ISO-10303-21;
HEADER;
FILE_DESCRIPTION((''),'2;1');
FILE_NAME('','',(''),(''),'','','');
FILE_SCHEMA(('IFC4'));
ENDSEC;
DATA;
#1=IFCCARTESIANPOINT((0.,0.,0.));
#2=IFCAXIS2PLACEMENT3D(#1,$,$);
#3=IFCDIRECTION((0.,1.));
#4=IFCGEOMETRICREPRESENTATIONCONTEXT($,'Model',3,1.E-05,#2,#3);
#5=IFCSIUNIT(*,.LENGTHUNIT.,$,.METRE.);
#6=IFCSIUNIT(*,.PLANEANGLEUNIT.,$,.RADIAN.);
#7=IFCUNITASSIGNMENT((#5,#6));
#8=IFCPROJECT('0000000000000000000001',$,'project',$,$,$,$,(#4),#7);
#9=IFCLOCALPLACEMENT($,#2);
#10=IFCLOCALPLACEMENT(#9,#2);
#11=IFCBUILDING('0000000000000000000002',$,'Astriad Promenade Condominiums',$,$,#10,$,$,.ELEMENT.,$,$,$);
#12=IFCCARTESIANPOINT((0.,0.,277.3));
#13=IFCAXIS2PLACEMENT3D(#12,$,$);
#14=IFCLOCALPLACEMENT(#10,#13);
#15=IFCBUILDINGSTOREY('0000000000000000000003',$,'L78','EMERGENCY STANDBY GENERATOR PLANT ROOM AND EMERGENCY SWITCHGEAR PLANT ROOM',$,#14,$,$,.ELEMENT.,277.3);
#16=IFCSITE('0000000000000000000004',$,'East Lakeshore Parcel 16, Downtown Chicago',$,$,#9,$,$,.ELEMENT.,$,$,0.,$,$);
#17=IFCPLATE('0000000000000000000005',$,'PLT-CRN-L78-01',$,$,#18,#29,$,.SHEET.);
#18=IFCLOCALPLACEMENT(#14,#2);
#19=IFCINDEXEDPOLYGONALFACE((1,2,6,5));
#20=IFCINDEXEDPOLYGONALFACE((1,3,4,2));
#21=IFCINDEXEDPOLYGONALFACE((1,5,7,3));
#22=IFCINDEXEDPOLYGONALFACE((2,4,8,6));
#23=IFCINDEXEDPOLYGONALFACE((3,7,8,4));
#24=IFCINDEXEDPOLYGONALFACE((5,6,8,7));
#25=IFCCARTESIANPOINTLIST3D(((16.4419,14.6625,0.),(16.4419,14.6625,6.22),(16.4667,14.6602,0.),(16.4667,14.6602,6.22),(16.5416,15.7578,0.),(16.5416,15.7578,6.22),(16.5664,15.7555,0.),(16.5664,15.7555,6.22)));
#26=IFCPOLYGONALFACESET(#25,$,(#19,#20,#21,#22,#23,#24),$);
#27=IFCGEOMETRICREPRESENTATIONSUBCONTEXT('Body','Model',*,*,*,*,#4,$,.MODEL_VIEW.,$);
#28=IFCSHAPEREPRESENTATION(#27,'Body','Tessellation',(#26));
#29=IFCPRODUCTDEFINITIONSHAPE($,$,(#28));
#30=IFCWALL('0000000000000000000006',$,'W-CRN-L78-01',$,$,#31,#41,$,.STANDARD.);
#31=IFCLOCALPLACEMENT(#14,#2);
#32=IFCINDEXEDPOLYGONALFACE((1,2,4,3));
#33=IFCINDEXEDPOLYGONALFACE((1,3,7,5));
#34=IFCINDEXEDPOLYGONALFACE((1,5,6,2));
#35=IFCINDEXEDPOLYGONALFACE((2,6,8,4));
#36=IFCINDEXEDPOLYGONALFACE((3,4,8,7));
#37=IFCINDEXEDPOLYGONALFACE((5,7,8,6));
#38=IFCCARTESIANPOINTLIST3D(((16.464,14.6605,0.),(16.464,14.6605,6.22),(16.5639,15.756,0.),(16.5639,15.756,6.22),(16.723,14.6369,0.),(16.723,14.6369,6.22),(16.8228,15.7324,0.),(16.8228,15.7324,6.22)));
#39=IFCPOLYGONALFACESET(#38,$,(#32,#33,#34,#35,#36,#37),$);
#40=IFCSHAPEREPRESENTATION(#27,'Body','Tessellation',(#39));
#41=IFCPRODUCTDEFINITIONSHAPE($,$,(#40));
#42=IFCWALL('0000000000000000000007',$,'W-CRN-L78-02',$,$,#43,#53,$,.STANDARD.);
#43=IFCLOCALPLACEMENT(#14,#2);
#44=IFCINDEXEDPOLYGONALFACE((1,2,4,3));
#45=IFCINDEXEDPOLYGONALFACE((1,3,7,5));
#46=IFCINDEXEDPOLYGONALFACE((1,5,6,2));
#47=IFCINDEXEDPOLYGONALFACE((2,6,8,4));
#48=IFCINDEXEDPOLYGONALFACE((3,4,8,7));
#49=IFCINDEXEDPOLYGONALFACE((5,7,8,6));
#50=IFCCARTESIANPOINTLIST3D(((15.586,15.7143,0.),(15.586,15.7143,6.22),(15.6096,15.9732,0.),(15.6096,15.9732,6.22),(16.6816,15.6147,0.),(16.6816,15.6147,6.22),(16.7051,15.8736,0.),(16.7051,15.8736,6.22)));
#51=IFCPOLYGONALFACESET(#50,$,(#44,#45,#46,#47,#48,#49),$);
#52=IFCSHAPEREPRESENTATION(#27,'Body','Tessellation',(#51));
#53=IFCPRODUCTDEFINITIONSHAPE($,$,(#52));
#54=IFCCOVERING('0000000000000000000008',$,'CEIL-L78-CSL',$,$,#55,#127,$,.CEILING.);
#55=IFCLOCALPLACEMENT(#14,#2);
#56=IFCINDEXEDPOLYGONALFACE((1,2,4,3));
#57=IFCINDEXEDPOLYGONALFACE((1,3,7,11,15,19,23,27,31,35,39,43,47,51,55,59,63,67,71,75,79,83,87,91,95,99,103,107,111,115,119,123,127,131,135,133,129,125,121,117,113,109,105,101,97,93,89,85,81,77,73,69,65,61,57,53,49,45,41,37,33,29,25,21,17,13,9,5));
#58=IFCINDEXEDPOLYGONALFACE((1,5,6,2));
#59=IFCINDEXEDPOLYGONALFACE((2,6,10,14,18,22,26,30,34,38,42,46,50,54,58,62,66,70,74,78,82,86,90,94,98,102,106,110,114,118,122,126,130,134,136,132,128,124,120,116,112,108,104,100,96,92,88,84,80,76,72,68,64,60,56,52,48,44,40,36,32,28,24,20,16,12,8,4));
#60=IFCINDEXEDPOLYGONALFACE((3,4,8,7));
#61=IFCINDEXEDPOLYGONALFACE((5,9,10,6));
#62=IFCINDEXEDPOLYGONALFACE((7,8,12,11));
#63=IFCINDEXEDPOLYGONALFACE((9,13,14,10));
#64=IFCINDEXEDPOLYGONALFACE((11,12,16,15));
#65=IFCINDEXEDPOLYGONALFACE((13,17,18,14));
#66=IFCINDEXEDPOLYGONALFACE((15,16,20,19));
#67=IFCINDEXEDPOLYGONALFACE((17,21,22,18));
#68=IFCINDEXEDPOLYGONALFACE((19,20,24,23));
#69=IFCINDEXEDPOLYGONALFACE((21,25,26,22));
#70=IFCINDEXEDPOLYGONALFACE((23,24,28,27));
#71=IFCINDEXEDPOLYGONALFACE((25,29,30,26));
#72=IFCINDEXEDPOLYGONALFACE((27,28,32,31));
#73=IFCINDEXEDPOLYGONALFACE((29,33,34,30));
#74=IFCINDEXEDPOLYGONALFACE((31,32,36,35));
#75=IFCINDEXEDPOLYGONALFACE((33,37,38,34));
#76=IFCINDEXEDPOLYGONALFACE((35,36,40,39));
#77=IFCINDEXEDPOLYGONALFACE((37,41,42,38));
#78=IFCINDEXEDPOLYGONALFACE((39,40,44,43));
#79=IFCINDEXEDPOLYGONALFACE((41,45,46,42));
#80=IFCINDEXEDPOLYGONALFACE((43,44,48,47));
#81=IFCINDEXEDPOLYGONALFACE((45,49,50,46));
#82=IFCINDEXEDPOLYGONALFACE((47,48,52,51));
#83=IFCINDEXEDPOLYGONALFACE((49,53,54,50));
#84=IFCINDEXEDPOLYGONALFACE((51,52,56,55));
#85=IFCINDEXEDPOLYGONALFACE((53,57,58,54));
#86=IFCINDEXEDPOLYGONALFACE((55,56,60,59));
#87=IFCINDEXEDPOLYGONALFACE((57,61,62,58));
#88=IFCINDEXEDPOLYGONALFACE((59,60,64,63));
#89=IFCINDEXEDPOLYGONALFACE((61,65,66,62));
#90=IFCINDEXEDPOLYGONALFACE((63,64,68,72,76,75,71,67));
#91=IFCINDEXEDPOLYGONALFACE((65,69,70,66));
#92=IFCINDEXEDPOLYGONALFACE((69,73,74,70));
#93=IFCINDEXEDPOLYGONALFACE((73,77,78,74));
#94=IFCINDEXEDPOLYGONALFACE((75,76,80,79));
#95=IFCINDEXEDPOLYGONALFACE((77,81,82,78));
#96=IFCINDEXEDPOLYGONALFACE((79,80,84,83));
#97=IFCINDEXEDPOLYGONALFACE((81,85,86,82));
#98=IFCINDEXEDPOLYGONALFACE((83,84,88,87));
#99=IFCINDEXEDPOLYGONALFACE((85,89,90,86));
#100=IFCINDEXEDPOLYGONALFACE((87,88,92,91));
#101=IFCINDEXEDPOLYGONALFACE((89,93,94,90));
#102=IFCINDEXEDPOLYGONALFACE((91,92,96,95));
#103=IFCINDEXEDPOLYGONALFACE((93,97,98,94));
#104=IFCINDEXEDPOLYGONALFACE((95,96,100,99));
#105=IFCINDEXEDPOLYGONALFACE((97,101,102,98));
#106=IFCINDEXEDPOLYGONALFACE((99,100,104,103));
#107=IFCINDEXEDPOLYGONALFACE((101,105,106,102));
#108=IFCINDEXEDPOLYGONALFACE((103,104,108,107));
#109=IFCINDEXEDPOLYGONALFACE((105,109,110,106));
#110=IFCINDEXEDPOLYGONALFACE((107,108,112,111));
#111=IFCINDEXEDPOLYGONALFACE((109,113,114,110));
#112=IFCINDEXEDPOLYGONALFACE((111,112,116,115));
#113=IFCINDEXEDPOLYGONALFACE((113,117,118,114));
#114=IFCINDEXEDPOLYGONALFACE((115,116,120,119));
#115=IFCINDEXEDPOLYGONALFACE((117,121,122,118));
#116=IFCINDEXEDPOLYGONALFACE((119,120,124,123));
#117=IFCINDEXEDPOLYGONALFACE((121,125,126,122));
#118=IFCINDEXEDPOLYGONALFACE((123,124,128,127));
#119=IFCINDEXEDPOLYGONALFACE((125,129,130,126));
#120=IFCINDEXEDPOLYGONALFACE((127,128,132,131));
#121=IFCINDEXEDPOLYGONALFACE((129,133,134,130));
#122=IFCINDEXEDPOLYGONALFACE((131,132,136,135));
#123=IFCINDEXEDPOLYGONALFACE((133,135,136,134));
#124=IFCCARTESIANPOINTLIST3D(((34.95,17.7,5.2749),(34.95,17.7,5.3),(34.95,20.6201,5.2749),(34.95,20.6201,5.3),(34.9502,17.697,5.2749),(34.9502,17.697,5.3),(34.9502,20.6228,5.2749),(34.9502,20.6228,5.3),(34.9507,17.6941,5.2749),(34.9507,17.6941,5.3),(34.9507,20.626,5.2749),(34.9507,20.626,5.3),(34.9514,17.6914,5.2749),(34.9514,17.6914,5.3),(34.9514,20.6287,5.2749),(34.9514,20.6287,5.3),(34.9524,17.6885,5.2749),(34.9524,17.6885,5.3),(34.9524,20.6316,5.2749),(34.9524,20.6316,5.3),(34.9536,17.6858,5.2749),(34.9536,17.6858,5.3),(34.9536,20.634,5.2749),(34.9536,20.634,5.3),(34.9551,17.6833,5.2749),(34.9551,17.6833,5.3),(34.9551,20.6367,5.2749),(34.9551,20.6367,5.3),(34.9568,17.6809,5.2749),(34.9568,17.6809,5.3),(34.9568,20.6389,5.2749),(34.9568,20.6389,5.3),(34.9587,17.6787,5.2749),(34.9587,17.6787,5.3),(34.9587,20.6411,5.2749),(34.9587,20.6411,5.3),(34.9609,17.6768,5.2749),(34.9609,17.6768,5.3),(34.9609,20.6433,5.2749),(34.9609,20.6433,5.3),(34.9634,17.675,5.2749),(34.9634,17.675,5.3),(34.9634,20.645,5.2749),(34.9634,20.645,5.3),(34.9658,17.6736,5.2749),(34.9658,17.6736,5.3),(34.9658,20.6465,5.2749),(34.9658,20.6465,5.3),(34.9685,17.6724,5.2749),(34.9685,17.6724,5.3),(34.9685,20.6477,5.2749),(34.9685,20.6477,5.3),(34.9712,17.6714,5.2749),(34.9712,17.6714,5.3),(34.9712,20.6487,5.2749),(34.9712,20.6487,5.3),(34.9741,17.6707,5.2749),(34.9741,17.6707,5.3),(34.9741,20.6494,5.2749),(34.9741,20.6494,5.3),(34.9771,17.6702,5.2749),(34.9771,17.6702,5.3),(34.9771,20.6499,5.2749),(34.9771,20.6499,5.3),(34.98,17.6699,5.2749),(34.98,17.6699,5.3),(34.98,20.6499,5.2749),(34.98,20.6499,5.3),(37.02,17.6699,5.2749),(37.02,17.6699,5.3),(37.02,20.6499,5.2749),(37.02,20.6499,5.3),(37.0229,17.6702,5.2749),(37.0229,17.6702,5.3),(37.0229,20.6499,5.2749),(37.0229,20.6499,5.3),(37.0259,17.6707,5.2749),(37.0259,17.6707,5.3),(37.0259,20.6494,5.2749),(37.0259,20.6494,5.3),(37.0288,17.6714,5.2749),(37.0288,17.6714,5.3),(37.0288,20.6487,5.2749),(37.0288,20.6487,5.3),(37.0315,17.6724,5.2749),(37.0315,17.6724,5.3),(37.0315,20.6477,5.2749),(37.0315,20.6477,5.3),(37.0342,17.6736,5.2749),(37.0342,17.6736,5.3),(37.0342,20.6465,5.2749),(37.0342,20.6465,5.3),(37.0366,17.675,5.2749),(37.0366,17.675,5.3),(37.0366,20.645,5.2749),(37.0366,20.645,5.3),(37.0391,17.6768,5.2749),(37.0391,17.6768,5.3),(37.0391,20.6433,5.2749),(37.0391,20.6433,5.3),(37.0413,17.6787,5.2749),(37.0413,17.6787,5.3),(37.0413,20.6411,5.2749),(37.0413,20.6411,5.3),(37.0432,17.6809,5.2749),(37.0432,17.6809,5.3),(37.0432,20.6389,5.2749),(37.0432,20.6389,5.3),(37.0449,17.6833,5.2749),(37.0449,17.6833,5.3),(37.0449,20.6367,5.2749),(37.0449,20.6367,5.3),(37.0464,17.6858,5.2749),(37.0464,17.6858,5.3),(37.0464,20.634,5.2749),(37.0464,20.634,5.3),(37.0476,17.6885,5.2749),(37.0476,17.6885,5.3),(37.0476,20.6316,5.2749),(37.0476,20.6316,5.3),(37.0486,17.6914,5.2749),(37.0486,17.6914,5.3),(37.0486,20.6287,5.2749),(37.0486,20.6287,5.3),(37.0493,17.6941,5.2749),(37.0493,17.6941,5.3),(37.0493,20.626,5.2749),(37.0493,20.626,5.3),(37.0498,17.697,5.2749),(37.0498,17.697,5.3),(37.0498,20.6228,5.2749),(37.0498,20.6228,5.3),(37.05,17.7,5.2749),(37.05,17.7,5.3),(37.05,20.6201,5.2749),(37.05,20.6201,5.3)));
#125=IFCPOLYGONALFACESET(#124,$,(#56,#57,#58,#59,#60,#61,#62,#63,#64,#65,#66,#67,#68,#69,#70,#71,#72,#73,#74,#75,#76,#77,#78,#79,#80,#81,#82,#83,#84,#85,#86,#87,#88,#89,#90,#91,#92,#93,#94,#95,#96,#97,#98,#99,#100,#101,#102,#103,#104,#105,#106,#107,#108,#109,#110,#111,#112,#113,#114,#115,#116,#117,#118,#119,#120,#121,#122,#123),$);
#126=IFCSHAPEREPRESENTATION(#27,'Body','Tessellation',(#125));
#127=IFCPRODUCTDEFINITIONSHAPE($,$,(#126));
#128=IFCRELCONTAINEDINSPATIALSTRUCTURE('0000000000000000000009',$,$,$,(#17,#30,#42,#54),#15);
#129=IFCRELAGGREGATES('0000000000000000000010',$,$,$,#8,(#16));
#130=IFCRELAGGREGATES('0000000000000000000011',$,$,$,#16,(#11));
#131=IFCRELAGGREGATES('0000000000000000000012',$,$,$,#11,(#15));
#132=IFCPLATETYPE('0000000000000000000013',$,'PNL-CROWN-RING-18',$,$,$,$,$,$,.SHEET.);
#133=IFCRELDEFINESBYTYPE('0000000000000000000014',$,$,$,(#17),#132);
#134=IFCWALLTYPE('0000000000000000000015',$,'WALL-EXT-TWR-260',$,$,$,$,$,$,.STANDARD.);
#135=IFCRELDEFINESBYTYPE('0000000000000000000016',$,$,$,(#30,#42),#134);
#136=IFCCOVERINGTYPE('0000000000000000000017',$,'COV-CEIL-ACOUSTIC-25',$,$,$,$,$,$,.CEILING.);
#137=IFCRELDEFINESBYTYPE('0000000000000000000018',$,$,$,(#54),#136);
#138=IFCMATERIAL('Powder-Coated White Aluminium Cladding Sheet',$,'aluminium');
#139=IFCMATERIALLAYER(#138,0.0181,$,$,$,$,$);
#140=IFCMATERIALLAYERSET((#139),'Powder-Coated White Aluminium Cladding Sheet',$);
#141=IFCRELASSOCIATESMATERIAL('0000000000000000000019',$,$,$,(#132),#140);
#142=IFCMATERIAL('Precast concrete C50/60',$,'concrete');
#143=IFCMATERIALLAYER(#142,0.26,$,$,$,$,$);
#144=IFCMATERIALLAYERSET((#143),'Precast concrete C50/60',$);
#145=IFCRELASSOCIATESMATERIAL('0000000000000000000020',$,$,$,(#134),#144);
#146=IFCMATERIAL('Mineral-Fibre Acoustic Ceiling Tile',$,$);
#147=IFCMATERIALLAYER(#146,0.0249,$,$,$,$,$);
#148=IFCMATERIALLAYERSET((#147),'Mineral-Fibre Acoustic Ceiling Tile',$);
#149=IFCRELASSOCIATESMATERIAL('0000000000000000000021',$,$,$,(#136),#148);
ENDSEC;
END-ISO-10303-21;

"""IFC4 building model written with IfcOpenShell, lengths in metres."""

from ifc_helpers import new_model, si_unit, direction, frame, frame_2d, origin, origin_2d, place, context, subcontext, project, spatial, polyline, rectangle, outline, extrude, source, transform, mapped, material, layer, layer_set, type_object, element, save


model = new_model("IFC4")

# Units and contexts
model_context = context("Model", 3, precision=1e-05, world=origin(), true_north=direction((0.0, 1.0)))
body_context = subcontext(model_context, "Body", "Model", "MODEL_VIEW")
ifc_project = project(units=[si_unit("LENGTHUNIT", "METRE"), si_unit("PLANEANGLEUNIT", "RADIAN")], contexts=[model_context])

# Site, building, storey
site_placement = place(None, origin())
site = spatial("IfcSite", under=ifc_project, at=site_placement, Name="East Lakeshore Parcel 16, Downtown Chicago", CompositionType="ELEMENT", RefElevation=0.0)
building_placement = place(site_placement, origin())
building = spatial("IfcBuilding", under=site, at=building_placement, Name="Astriad Promenade Condominiums", CompositionType="ELEMENT")
storey_placement = place(building_placement, frame((0.0, 0.0, 277.3)))
storey = spatial("IfcBuildingStorey", under=building, at=storey_placement, Name="L78", Description="EMERGENCY STANDBY GENERATOR PLANT ROOM AND EMERGENCY SWITCHGEAR PLANT ROOM", CompositionType="ELEMENT", Elevation=277.3)

# Plate
ifc_material_1 = material(Name="Powder-Coated White Aluminium Cladding Sheet", Category="aluminium")
ifc_layer_1 = layer(ifc_material_1, 0.0181)
ifc_layer_set_1 = layer_set([ifc_layer_1], Name="Powder-Coated White Aluminium Cladding Sheet")
plate_type = type_object("IfcPlateType", Name="PNL-CROWN-RING-18", PredefinedType="SHEET", material=ifc_layer_set_1)
shared_shape_1 = source(origin(), body_context, "Body", "SweptSolid", [
    extrude(rectangle(XDim=1.0999, YDim=0.0249, at=origin_2d()), origin(), (0.0, 0.0, 1.0), 6.22),
])
plate_1_placement = place(storey_placement, frame((16.5042, 15.209, 0.0), z_axis=(0.0, 0.0, 1.0), x_axis=(0.09065, 0.995883, 0.0)))
element("IfcPlate", 1, at=plate_1_placement, inside=storey, type_object=plate_type, Name="PLT-CRN-L78-01", PredefinedType="SHEET", context=body_context, shape_type="MappedRepresentation", body=[
    mapped(shared_shape_1, transform((0.0, 0.0, 0.0), scale=1.0)),
])

# Walls
ifc_material_2 = material(Name="Precast concrete C50/60", Category="concrete")
ifc_layer_2 = layer(ifc_material_2, 0.26)
ifc_layer_set_2 = layer_set([ifc_layer_2], Name="Precast concrete C50/60")
wall_type = type_object("IfcWallType", Name="WALL-EXT-TWR-260", PredefinedType="STANDARD", material=ifc_layer_set_2)
for number, where, z_axis, x_axis, name in (
    (2, (16.5935, 14.6487, 0.0), (0.0, 0.0, 1.0), (0.090776, 0.995871, 0.0), "W-CRN-L78-01"),
    (3, (16.6934, 15.7441, 0.0), (0.0, 0.0, 1.0), (-0.995891, 0.090556, 0.0), "W-CRN-L78-02"),
):
    element("IfcWall", number, at=place(storey_placement, frame(where, z_axis=z_axis, x_axis=x_axis)), inside=storey, type_object=wall_type, Name=name, PredefinedType="STANDARD", context=body_context, shape_type="SweptSolid", body=[
        extrude(rectangle(XDim=1.1001, YDim=0.26, at=frame_2d((0.55, 0.0))), origin(), (0.0, 0.0, 1.0), 6.22),
    ])

# Covering
ifc_material_3 = material(Name="Mineral-Fibre Acoustic Ceiling Tile")
ifc_layer_3 = layer(ifc_material_3, 0.0249)
ifc_layer_set_3 = layer_set([ifc_layer_3], Name="Mineral-Fibre Acoustic Ceiling Tile")
covering_type_1 = type_object("IfcCoveringType", Name="COV-CEIL-ACOUSTIC-25", PredefinedType="CEILING", material=ifc_layer_set_3)
covering_1_placement = place(storey_placement, frame((0.0, 0.0, 5.2749)))
element("IfcCovering", 4, at=covering_1_placement, inside=storey, type_object=covering_type_1, Name="CEIL-L78-CSL", PredefinedType="CEILING", context=body_context, shape_type="SweptSolid", body=[
    extrude(outline(polyline([(34.98, 17.6699), (34.9771, 17.6702), (34.9741, 17.6707), (34.9712, 17.6714), (34.9685, 17.6724), (34.9658, 17.6736), (34.9634, 17.675), (34.9609, 17.6768), (34.9587, 17.6787), (34.9568, 17.6809), (34.9551, 17.6833), (34.9536, 17.6858), (34.9524, 17.6885), (34.9514, 17.6914), (34.9507, 17.6941), (34.9502, 17.697), (34.95, 17.7), (34.95, 20.6201), (34.9502, 20.6228), (34.9507, 20.626), (34.9514, 20.6287), (34.9524, 20.6316), (34.9536, 20.634), (34.9551, 20.6367), (34.9568, 20.6389), (34.9587, 20.6411), (34.9609, 20.6433), (34.9634, 20.645), (34.9658, 20.6465), (34.9685, 20.6477), (34.9712, 20.6487), (34.9741, 20.6494), (34.9771, 20.6499), (34.98, 20.6499), (37.02, 20.6499), (37.0229, 20.6499), (37.0259, 20.6494), (37.0288, 20.6487), (37.0315, 20.6477), (37.0342, 20.6465), (37.0366, 20.645), (37.0391, 20.6433), (37.0413, 20.6411), (37.0432, 20.6389), (37.0449, 20.6367), (37.0464, 20.634), (37.0476, 20.6316), (37.0486, 20.6287), (37.0493, 20.626), (37.0498, 20.6228), (37.05, 20.6201), (37.05, 17.7), (37.0498, 17.697), (37.0493, 17.6941), (37.0486, 17.6914), (37.0476, 17.6885), (37.0464, 17.6858), (37.0449, 17.6833), (37.0432, 17.6809), (37.0413, 17.6787), (37.0391, 17.6768), (37.0366, 17.675), (37.0342, 17.6736), (37.0315, 17.6724), (37.0288, 17.6714), (37.0259, 17.6707), (37.0229, 17.6702), (37.02, 17.6699), (34.98, 17.6699)])), origin(), (0.0, 0.0, 1.0), 0.0251),
])

save(model, "model.ifc")
